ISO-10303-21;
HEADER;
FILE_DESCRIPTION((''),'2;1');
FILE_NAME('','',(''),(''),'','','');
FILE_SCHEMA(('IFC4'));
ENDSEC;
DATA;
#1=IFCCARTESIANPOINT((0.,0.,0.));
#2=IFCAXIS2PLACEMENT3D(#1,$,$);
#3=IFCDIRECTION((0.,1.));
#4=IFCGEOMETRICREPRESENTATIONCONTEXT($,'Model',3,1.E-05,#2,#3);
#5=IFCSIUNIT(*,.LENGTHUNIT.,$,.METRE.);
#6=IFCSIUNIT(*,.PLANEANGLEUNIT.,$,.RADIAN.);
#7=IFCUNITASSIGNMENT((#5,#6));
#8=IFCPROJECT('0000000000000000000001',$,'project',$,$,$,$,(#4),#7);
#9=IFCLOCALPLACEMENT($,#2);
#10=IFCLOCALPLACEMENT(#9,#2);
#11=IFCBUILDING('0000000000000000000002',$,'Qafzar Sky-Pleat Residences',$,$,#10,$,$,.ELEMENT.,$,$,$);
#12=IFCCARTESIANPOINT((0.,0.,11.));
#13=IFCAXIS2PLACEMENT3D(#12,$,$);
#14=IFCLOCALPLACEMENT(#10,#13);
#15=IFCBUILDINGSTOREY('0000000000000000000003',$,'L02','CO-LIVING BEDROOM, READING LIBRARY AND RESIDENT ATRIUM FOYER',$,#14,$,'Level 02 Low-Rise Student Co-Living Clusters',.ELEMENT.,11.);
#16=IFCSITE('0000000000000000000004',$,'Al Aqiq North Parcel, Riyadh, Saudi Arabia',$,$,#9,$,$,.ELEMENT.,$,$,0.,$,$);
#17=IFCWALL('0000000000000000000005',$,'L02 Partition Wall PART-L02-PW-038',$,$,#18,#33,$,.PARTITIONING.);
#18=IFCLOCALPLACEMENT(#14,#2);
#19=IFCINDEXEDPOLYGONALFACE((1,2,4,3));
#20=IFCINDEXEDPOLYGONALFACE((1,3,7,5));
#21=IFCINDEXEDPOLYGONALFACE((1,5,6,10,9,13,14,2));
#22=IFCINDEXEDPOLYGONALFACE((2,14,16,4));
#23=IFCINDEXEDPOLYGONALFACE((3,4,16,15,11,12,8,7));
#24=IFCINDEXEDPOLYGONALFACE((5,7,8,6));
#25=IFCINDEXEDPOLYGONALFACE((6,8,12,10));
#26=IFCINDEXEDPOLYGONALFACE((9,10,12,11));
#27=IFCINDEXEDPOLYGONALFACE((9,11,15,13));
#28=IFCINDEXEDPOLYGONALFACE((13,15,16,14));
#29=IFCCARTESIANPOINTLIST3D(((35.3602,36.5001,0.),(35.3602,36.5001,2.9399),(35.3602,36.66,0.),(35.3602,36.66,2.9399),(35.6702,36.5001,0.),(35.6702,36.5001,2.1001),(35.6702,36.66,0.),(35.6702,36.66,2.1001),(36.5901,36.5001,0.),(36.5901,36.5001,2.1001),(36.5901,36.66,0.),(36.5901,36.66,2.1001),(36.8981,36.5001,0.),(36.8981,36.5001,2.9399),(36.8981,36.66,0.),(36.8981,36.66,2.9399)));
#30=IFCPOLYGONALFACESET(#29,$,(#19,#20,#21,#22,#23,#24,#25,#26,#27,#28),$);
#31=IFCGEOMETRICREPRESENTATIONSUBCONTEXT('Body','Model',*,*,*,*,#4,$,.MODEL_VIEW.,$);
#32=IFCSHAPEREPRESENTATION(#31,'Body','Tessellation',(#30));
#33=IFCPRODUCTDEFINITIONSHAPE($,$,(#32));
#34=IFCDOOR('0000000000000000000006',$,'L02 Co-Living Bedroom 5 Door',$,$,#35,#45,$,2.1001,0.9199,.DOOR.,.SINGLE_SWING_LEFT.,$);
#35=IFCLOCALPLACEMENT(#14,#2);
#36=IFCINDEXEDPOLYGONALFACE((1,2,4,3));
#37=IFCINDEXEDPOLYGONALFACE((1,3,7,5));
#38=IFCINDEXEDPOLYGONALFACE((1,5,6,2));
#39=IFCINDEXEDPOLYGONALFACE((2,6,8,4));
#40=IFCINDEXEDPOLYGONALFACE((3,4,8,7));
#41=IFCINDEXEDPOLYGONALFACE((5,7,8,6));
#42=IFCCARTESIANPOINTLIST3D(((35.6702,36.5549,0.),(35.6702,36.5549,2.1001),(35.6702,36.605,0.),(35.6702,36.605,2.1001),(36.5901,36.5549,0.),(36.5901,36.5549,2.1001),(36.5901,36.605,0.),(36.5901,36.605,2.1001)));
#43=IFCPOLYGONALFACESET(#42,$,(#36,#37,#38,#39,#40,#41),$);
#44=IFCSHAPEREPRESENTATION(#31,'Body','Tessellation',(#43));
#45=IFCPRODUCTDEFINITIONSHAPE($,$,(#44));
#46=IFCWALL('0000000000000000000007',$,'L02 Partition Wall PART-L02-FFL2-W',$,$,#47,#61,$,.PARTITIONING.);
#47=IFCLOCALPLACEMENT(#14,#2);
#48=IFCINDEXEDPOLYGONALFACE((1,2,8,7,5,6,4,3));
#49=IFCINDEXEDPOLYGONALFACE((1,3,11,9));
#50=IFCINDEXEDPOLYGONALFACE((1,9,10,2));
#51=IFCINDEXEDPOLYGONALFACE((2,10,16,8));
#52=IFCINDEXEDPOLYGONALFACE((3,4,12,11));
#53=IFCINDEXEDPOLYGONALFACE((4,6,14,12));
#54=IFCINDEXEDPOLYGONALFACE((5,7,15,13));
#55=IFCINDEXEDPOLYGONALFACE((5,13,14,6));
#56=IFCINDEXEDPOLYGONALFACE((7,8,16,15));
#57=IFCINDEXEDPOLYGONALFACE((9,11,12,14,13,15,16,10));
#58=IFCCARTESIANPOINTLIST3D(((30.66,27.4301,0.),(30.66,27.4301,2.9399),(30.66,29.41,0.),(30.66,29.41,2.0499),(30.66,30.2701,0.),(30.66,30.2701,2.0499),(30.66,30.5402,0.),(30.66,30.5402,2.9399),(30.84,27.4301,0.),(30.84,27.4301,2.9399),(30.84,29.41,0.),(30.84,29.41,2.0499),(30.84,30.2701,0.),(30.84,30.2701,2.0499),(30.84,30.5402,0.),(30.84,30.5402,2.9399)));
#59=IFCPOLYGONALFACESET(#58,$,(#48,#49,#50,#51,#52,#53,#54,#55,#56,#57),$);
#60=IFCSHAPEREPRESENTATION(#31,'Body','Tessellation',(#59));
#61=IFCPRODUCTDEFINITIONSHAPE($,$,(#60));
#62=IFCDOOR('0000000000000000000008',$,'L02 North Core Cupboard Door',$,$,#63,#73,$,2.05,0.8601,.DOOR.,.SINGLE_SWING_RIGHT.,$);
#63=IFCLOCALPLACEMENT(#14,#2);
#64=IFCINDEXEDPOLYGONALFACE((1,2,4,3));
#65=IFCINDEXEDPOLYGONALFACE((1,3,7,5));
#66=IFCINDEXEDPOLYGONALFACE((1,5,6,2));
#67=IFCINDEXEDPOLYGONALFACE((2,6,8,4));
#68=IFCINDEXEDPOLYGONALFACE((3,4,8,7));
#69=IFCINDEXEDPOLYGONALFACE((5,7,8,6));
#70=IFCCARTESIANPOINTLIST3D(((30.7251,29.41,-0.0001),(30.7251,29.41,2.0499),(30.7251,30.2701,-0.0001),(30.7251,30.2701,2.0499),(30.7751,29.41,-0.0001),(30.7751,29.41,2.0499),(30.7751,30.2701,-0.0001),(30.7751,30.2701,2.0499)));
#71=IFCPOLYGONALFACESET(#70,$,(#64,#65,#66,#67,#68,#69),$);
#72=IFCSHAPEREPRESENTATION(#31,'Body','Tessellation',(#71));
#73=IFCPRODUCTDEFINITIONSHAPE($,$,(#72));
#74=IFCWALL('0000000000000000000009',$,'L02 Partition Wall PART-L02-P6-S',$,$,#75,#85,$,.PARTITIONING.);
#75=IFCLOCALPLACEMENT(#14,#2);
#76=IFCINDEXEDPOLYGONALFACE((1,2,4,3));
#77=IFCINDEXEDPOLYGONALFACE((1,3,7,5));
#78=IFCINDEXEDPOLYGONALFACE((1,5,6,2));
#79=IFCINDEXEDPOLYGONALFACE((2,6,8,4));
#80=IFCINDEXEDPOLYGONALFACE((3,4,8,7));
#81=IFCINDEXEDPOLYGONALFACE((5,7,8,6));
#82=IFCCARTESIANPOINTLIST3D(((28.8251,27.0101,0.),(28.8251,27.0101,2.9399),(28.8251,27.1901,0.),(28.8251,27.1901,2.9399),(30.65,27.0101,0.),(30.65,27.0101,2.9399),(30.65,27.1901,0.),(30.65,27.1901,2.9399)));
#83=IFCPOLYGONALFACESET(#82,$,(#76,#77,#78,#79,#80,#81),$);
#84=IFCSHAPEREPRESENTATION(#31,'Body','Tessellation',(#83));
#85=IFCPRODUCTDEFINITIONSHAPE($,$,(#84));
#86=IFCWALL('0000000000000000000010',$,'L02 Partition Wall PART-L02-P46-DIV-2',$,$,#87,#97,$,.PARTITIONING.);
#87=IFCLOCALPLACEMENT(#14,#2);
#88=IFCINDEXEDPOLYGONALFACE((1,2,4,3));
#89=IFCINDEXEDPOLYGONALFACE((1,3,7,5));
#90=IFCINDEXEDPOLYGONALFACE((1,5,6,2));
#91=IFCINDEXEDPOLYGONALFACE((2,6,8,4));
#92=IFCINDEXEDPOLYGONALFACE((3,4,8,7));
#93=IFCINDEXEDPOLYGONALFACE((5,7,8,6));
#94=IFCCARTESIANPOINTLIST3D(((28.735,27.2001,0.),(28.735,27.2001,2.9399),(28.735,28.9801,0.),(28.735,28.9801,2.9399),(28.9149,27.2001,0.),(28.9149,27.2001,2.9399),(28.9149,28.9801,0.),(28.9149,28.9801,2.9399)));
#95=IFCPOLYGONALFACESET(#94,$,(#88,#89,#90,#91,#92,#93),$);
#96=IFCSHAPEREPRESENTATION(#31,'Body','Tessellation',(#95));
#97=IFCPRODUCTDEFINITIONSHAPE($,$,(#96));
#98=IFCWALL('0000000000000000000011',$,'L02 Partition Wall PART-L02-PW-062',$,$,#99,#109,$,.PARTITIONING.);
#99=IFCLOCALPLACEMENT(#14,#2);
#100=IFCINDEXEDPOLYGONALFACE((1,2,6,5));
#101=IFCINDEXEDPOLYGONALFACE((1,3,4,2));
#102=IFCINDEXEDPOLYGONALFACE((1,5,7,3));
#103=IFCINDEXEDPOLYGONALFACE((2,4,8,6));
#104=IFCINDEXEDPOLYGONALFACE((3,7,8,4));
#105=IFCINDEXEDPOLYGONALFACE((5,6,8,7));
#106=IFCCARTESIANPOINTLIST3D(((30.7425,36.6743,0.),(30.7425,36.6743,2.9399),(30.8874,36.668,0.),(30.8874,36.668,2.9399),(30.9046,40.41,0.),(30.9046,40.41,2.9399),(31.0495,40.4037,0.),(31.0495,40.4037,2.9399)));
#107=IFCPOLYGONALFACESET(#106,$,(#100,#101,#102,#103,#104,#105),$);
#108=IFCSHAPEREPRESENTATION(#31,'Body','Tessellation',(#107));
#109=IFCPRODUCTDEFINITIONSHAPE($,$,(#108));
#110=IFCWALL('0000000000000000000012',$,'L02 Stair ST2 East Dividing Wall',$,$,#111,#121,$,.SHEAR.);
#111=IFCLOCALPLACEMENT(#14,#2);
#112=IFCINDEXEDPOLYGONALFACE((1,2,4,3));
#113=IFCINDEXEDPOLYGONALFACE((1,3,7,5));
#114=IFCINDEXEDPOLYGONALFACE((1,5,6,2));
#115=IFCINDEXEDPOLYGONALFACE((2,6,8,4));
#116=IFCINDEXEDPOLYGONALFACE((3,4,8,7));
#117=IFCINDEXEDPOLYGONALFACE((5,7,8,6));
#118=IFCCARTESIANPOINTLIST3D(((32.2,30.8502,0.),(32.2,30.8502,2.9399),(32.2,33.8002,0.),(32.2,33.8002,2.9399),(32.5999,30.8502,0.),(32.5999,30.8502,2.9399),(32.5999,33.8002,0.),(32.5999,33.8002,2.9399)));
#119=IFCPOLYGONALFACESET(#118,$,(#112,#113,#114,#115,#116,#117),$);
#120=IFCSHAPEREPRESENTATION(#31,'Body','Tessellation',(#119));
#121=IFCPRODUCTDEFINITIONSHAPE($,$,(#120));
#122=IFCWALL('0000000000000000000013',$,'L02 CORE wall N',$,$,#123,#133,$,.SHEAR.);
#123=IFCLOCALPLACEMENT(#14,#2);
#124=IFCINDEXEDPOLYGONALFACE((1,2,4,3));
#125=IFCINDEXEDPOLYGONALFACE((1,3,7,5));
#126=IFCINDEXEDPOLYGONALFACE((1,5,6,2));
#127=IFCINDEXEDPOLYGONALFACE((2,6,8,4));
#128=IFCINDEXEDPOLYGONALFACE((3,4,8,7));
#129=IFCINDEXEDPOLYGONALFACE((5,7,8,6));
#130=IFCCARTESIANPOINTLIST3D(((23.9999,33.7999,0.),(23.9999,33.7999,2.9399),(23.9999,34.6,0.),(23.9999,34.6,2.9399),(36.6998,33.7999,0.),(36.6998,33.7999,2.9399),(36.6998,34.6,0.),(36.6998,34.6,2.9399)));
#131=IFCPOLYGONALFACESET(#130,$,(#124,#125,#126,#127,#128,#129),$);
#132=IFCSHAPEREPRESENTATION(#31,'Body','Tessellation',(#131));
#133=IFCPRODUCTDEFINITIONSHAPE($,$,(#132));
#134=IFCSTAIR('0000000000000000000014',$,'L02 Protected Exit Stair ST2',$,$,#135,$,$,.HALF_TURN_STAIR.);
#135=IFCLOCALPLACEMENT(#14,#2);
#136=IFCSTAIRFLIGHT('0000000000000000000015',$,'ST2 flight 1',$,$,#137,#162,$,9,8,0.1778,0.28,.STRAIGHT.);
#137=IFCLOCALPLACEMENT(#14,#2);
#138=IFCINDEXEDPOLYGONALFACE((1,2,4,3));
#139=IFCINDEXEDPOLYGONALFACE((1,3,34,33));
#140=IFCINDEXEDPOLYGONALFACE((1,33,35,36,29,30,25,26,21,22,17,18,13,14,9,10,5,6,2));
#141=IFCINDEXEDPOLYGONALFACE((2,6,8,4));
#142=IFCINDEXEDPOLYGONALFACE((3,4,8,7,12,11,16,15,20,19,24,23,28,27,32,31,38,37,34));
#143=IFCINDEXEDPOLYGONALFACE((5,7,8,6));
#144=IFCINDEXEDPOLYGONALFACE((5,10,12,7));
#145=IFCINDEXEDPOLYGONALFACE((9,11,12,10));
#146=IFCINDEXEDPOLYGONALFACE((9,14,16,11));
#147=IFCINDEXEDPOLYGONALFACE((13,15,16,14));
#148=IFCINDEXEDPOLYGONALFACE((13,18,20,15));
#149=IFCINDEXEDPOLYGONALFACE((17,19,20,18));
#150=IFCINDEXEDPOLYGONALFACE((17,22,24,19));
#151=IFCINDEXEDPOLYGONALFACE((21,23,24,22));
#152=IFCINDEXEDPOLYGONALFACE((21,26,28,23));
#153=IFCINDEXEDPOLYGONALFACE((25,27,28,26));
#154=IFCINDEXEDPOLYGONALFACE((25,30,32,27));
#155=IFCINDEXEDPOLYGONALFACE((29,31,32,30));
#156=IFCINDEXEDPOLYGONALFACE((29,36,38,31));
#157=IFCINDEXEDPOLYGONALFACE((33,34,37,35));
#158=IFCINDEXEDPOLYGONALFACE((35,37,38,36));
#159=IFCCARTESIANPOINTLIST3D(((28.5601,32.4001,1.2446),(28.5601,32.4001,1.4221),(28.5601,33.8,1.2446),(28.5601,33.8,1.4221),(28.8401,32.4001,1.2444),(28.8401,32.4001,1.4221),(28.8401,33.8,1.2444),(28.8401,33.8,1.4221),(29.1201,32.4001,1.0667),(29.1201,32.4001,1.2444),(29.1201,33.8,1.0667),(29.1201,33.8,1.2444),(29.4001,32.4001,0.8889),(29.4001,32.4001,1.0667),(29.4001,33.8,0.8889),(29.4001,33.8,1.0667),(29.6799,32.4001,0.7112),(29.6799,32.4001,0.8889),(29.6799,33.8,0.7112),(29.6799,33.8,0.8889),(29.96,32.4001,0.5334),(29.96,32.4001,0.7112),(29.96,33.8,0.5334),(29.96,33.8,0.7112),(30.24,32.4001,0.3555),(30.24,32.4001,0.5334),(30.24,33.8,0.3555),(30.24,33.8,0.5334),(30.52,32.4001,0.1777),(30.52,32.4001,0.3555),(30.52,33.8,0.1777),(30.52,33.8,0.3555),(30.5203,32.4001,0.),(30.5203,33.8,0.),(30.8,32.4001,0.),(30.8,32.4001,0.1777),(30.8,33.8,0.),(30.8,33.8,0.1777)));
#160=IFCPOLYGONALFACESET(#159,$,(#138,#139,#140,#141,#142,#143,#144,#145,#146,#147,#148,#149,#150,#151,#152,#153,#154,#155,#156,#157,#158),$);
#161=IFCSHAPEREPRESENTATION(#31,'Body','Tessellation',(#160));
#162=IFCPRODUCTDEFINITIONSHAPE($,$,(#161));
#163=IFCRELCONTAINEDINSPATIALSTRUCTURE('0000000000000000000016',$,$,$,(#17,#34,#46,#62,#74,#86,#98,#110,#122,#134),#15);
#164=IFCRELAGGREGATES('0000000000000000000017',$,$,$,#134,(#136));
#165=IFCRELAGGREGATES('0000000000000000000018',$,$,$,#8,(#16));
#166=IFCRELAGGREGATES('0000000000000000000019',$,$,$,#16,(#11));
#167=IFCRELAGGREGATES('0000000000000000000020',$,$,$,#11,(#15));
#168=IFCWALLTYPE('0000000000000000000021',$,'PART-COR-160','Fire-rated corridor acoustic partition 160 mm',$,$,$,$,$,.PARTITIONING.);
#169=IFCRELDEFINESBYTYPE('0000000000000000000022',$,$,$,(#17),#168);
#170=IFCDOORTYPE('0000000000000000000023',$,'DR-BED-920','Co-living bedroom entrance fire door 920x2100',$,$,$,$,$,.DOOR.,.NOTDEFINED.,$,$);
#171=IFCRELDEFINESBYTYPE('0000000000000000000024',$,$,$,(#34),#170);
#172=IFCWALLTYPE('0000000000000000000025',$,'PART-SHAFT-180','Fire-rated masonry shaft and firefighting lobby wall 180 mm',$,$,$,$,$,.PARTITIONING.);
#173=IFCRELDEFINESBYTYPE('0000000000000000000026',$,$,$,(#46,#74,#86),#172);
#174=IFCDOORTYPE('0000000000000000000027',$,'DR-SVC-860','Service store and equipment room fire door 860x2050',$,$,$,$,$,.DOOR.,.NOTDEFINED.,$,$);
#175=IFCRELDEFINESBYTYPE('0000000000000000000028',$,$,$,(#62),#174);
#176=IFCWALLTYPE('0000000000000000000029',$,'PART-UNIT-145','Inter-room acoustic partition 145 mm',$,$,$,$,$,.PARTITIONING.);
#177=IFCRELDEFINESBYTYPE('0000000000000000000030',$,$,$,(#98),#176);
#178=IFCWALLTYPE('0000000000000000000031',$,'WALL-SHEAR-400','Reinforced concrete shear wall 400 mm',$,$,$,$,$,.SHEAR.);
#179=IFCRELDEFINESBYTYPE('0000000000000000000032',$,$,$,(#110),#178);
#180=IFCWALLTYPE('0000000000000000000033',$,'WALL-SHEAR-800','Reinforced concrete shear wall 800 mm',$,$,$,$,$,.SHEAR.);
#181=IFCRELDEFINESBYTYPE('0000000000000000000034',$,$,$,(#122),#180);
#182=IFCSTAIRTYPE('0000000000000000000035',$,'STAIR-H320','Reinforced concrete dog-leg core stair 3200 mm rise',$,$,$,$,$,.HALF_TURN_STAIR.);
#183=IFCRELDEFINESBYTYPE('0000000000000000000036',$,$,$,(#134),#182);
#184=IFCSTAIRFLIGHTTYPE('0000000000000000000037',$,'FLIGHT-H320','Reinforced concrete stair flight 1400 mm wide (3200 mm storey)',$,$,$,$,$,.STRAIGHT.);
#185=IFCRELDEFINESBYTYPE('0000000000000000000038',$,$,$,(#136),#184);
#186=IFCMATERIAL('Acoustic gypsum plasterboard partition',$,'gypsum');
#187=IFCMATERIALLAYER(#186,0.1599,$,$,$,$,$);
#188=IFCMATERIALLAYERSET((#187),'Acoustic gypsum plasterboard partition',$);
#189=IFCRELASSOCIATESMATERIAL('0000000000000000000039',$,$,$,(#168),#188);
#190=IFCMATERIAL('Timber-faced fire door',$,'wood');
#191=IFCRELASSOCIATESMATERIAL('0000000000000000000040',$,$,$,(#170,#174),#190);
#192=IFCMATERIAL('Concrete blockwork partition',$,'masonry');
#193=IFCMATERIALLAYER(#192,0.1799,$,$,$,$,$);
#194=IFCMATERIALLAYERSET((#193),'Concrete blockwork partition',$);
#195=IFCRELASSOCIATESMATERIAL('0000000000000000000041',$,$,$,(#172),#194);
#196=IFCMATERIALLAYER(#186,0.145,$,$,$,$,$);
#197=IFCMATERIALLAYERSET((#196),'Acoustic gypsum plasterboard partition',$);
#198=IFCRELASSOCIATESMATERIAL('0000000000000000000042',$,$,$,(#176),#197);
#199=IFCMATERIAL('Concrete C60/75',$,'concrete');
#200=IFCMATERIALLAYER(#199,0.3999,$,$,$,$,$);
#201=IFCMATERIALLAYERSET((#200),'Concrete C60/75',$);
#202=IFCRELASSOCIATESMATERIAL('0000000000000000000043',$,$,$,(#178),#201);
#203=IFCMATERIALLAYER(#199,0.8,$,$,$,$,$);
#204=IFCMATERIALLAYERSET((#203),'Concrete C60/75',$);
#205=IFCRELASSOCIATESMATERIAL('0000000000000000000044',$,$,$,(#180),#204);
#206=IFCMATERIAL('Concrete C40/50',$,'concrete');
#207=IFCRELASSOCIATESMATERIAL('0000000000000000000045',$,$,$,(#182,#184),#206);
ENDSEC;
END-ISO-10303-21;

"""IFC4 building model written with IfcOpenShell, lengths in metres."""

from ifc_helpers import new_model, si_unit, direction, frame, frame_2d, origin, place, context, subcontext, project, spatial, polyline, rectangle, outline, extrude, source, transform, mapped, material, layer, layer_set, type_object, element, fill, aggregate, save


model = new_model("IFC4")

# Units and contexts
model_context = context("Model", 3, precision=1e-05, world=origin(), true_north=direction((0.0, 1.0)))
body_context = subcontext(model_context, "Body", "Model", "MODEL_VIEW")
ifc_project = project(units=[si_unit("LENGTHUNIT", "METRE"), si_unit("PLANEANGLEUNIT", "RADIAN")], contexts=[model_context])

# Site, building, storey
site_placement = place(None, origin())
site = spatial("IfcSite", under=ifc_project, at=site_placement, Name="Al Aqiq North Parcel, Riyadh, Saudi Arabia", CompositionType="ELEMENT", RefElevation=0.0)
building_placement = place(site_placement, origin())
building = spatial("IfcBuilding", under=site, at=building_placement, Name="Qafzar Sky-Pleat Residences", CompositionType="ELEMENT")
storey_placement = place(building_placement, frame((0.0, 0.0, 11.0)))
storey = spatial("IfcBuildingStorey", under=building, at=storey_placement, Name="L02", Description="CO-LIVING BEDROOM, READING LIBRARY AND RESIDENT ATRIUM FOYER", LongName="Level 02 Low-Rise Student Co-Living Clusters", CompositionType="ELEMENT", Elevation=11.0)

# Walls, openings, doors
ifc_material_1 = material(Name="Acoustic gypsum plasterboard partition", Category="gypsum")
ifc_layer_1 = layer(ifc_material_1, 0.1599)
ifc_layer_set_1 = layer_set([ifc_layer_1], Name="Acoustic gypsum plasterboard partition")
wall_type_1 = type_object("IfcWallType", Name="PART-COR-160", Description="Fire-rated corridor acoustic partition 160 mm", PredefinedType="PARTITIONING", material=ifc_layer_set_1)
ifc_material_2 = material(Name="Timber-faced fire door", Category="wood")
door_type_1 = type_object("IfcDoorType", Name="DR-BED-920", Description="Co-living bedroom entrance fire door 920x2100", OperationType="NOTDEFINED", PredefinedType="DOOR", material=ifc_material_2)
shared_shape_1 = source(origin(), body_context, "Body", "SweptSolid", [
    extrude(rectangle(XDim=0.9199, YDim=2.1001, at=frame_2d((0.46, 1.05))), frame((0.0, 0.0249, 0.0), z_axis=(0.0, -1.0, 0.0), x_axis=(1.0, 0.0, 0.0)), (0.0, 0.0, 1.0), 0.05),
])
wall_1_placement = place(storey_placement, frame((35.3601, 36.5801, 0.0), z_axis=(0.0, 0.0, 1.0), x_axis=(1.0, 0.0, 0.0)))
wall_1 = element("IfcWall", 1, at=wall_1_placement, inside=storey, type_object=wall_type_1, Name="L02 Partition Wall PART-L02-PW-038", PredefinedType="PARTITIONING", context=body_context, shape_type="SweptSolid", body=[
    extrude(rectangle(XDim=1.5378, YDim=0.1599, at=frame_2d((0.769, 0.0))), origin(), (0.0, 0.0, 1.0), 2.9399),
])
opening_1_placement = place(wall_1_placement, frame((0.3101, 0.0, 0.0)))
opening_1 = element("IfcOpeningElement", 2, at=opening_1_placement, cuts=wall_1, PredefinedType="OPENING", context=body_context, shape_type="SweptSolid", body=[
    extrude(rectangle(XDim=0.9199, YDim=2.1001, at=frame_2d((0.46, 1.05))), frame((0.0, 0.0898, 0.0), z_axis=(0.0, -1.0, 0.0), x_axis=(1.0, 0.0, 0.0)), (0.0, 0.0, 1.0), 0.1799),
])
door_1_placement = place(opening_1_placement, origin())
door_1 = element("IfcDoor", 3, at=door_1_placement, inside=storey, type_object=door_type_1, Name="L02 Co-Living Bedroom 5 Door", OperationType="SINGLE_SWING_LEFT", OverallHeight=2.1001, OverallWidth=0.9199, PredefinedType="DOOR", context=body_context, shape_type="MappedRepresentation", body=[
    mapped(shared_shape_1, transform((0.0, 0.0, 0.0), x_axis=(1.0, 0.0, 0.0), y_axis=(0.0, 1.0, 0.0), z_axis=(0.0, 0.0, 1.0), scale=1.0)),
])
fill(opening_1, door_1)
ifc_material_3 = material(Name="Concrete blockwork partition", Category="masonry")
ifc_layer_2 = layer(ifc_material_3, 0.1799)
ifc_layer_set_2 = layer_set([ifc_layer_2], Name="Concrete blockwork partition")
wall_type_2 = type_object("IfcWallType", Name="PART-SHAFT-180", Description="Fire-rated masonry shaft and firefighting lobby wall 180 mm", PredefinedType="PARTITIONING", material=ifc_layer_set_2)
wall_2_placement = place(storey_placement, frame((30.75, 27.4299, 0.0), z_axis=(0.0, 0.0, 1.0), x_axis=(0.0, 1.0, 0.0)))
wall_2 = element("IfcWall", 4, at=wall_2_placement, inside=storey, type_object=wall_type_2, Name="L02 Partition Wall PART-L02-FFL2-W", PredefinedType="PARTITIONING", context=body_context, shape_type="SweptSolid", body=[
    extrude(rectangle(XDim=3.1101, YDim=0.1799, at=frame_2d((1.5552, 0.0))), origin(), (0.0, 0.0, 1.0), 2.9399),
])
opening_2_placement = place(wall_2_placement, frame((1.98, 0.0, 0.0)))
opening_2 = element("IfcOpeningElement", 5, at=opening_2_placement, cuts=wall_2, PredefinedType="OPENING", context=body_context, shape_type="SweptSolid", body=[
    extrude(rectangle(XDim=0.8601, YDim=2.05, at=frame_2d((0.4302, 1.0249))), frame((0.0, 0.1001, 0.0), z_axis=(0.0, -1.0, 0.0), x_axis=(1.0, 0.0, 0.0)), (0.0, 0.0, 1.0), 0.2),
])
door_type_2 = type_object("IfcDoorType", Name="DR-SVC-860", Description="Service store and equipment room fire door 860x2050", OperationType="NOTDEFINED", PredefinedType="DOOR", material=ifc_material_2)
shared_shape_2 = source(origin(), body_context, "Body", "SweptSolid", [
    extrude(rectangle(XDim=0.8601, YDim=2.05, at=frame_2d((0.4302, 1.0249))), frame((0.0, 0.0249, 0.0), z_axis=(0.0, -1.0, 0.0), x_axis=(1.0, 0.0, 0.0)), (0.0, 0.0, 1.0), 0.05),
])
door_2_placement = place(opening_2_placement, origin())
door_2 = element("IfcDoor", 6, at=door_2_placement, inside=storey, type_object=door_type_2, Name="L02 North Core Cupboard Door", OperationType="SINGLE_SWING_RIGHT", OverallHeight=2.05, OverallWidth=0.8601, PredefinedType="DOOR", context=body_context, shape_type="MappedRepresentation", body=[
    mapped(shared_shape_2, transform((0.0, 0.0, 0.0), x_axis=(1.0, 0.0, 0.0), y_axis=(0.0, 1.0, 0.0), z_axis=(0.0, 0.0, 1.0), scale=1.0)),
])
fill(opening_2, door_2)

# Walls
wall_3_placement = place(storey_placement, frame((28.825, 27.1001, 0.0), z_axis=(0.0, 0.0, 1.0), x_axis=(1.0, 0.0, 0.0)))
element("IfcWall", 7, at=wall_3_placement, inside=storey, type_object=wall_type_2, Name="L02 Partition Wall PART-L02-P6-S", PredefinedType="PARTITIONING", context=body_context, shape_type="SweptSolid", body=[
    extrude(rectangle(XDim=1.825, YDim=0.1799, at=frame_2d((0.9126, 0.0))), origin(), (0.0, 0.0, 1.0), 2.9399),
])
wall_4_placement = place(storey_placement, frame((28.825, 27.2, 0.0), z_axis=(0.0, 0.0, 1.0), x_axis=(0.0, 1.0, 0.0)))
element("IfcWall", 8, at=wall_4_placement, inside=storey, type_object=wall_type_2, Name="L02 Partition Wall PART-L02-P46-DIV-2", PredefinedType="PARTITIONING", context=body_context, shape_type="SweptSolid", body=[
    extrude(rectangle(XDim=1.78, YDim=0.1799, at=frame_2d((0.8901, 0.0))), origin(), (0.0, 0.0, 1.0), 2.9399),
])
ifc_layer_3 = layer(ifc_material_1, 0.145)
ifc_layer_set_3 = layer_set([ifc_layer_3], Name="Acoustic gypsum plasterboard partition")
wall_type_3 = type_object("IfcWallType", Name="PART-UNIT-145", Description="Inter-room acoustic partition 145 mm", PredefinedType="PARTITIONING", material=ifc_layer_set_3)
wall_5_placement = place(storey_placement, frame((30.8149, 36.6711, 0.0), z_axis=(0.0, 0.0, 1.0), x_axis=(0.043352, 0.99906, 0.0)))
element("IfcWall", 9, at=wall_5_placement, inside=storey, type_object=wall_type_3, Name="L02 Partition Wall PART-L02-PW-062", PredefinedType="PARTITIONING", context=body_context, shape_type="SweptSolid", body=[
    extrude(rectangle(XDim=3.7393, YDim=0.145, at=frame_2d((1.8696, 0.0))), origin(), (0.0, 0.0, 1.0), 2.9399),
])
ifc_material_4 = material(Name="Concrete C60/75", Category="concrete")
ifc_layer_4 = layer(ifc_material_4, 0.3999)
ifc_layer_set_4 = layer_set([ifc_layer_4], Name="Concrete C60/75")
wall_type_4 = type_object("IfcWallType", Name="WALL-SHEAR-400", Description="Reinforced concrete shear wall 400 mm", PredefinedType="SHEAR", material=ifc_layer_set_4)
wall_6_placement = place(storey_placement, frame((32.3999, 30.8501, 0.0), z_axis=(0.0, 0.0, 1.0), x_axis=(0.0, 1.0, 0.0)))
element("IfcWall", 10, at=wall_6_placement, inside=storey, type_object=wall_type_4, Name="L02 Stair ST2 East Dividing Wall", PredefinedType="SHEAR", context=body_context, shape_type="SweptSolid", body=[
    extrude(rectangle(XDim=2.95, YDim=0.3999, at=frame_2d((1.4751, 0.0))), origin(), (0.0, 0.0, 1.0), 2.9399),
])
ifc_layer_5 = layer(ifc_material_4, 0.8)
ifc_layer_set_5 = layer_set([ifc_layer_5], Name="Concrete C60/75")
wall_type_5 = type_object("IfcWallType", Name="WALL-SHEAR-800", Description="Reinforced concrete shear wall 800 mm", PredefinedType="SHEAR", material=ifc_layer_set_5)
wall_7_placement = place(storey_placement, frame((36.7, 34.2, 0.0), z_axis=(0.0, 0.0, 1.0), x_axis=(-1.0, 0.0, 0.0)))
element("IfcWall", 11, at=wall_7_placement, inside=storey, type_object=wall_type_5, Name="L02 CORE wall N", PredefinedType="SHEAR", context=body_context, shape_type="SweptSolid", body=[
    extrude(rectangle(XDim=12.7, YDim=0.8, at=frame_2d((6.3501, 0.0))), origin(), (0.0, 0.0, 1.0), 2.9399),
])

# Stair, stair flight
ifc_material_5 = material(Name="Concrete C40/50", Category="concrete")
stair_type = type_object("IfcStairType", Name="STAIR-H320", Description="Reinforced concrete dog-leg core stair 3200 mm rise", PredefinedType="HALF_TURN_STAIR", material=ifc_material_5)
stair_placement = place(storey_placement, origin())
stair = element("IfcStair", 12, at=stair_placement, inside=storey, type_object=stair_type, Name="L02 Protected Exit Stair ST2", PredefinedType="HALF_TURN_STAIR")
stair_flight_type = type_object("IfcStairFlightType", Name="FLIGHT-H320", Description="Reinforced concrete stair flight 1400 mm wide (3200 mm storey)", PredefinedType="STRAIGHT", material=ifc_material_5)
shared_shape_3 = source(origin(), body_context, "Body", "SweptSolid", [
    extrude(outline(polyline([(0.0, 0.0), (0.0, 0.1777), (0.28, 0.1777), (0.28, 0.3555), (0.5601, 0.3555), (0.5601, 0.5334), (0.8401, 0.5334), (0.8401, 0.7112), (1.1201, 0.7112), (1.1201, 0.8889), (1.3999, 0.8889), (1.3999, 1.0667), (1.6799, 1.0667), (1.6799, 1.2444), (1.96, 1.2444), (1.96, 1.4221), (2.24, 1.4221), (2.24, 1.6001), (2.24, 1.2446), (0.2798, 0.0), (0.0, 0.0)])), frame((0.0, 0.7, 0.0), z_axis=(0.0, -1.0, 0.0), x_axis=(1.0, 0.0, 0.0)), (0.0, 0.0, 1.0), 1.3999),
])
stair_flight_1_placement = place(storey_placement, frame((30.8, 33.1001, 0.0), z_axis=(0.0, 0.0, 1.0), x_axis=(-1.0, 0.0, 0.0)))
stair_flight_1 = element("IfcStairFlight", 13, at=stair_flight_1_placement, type_object=stair_flight_type, Name="ST2 flight 1", NumberOfRisers=9, NumberOfTreads=8, PredefinedType="STRAIGHT", RiserHeight=0.1778, TreadLength=0.28, context=body_context, shape_type="MappedRepresentation", body=[
    mapped(shared_shape_3, transform((0.0, 0.0, 0.0), x_axis=(1.0, 0.0, 0.0), y_axis=(0.0, 1.0, 0.0), z_axis=(0.0, 0.0, 1.0), scale=1.0)),
])
aggregate(stair, [stair_flight_1])

save(model, "model.ifc")
